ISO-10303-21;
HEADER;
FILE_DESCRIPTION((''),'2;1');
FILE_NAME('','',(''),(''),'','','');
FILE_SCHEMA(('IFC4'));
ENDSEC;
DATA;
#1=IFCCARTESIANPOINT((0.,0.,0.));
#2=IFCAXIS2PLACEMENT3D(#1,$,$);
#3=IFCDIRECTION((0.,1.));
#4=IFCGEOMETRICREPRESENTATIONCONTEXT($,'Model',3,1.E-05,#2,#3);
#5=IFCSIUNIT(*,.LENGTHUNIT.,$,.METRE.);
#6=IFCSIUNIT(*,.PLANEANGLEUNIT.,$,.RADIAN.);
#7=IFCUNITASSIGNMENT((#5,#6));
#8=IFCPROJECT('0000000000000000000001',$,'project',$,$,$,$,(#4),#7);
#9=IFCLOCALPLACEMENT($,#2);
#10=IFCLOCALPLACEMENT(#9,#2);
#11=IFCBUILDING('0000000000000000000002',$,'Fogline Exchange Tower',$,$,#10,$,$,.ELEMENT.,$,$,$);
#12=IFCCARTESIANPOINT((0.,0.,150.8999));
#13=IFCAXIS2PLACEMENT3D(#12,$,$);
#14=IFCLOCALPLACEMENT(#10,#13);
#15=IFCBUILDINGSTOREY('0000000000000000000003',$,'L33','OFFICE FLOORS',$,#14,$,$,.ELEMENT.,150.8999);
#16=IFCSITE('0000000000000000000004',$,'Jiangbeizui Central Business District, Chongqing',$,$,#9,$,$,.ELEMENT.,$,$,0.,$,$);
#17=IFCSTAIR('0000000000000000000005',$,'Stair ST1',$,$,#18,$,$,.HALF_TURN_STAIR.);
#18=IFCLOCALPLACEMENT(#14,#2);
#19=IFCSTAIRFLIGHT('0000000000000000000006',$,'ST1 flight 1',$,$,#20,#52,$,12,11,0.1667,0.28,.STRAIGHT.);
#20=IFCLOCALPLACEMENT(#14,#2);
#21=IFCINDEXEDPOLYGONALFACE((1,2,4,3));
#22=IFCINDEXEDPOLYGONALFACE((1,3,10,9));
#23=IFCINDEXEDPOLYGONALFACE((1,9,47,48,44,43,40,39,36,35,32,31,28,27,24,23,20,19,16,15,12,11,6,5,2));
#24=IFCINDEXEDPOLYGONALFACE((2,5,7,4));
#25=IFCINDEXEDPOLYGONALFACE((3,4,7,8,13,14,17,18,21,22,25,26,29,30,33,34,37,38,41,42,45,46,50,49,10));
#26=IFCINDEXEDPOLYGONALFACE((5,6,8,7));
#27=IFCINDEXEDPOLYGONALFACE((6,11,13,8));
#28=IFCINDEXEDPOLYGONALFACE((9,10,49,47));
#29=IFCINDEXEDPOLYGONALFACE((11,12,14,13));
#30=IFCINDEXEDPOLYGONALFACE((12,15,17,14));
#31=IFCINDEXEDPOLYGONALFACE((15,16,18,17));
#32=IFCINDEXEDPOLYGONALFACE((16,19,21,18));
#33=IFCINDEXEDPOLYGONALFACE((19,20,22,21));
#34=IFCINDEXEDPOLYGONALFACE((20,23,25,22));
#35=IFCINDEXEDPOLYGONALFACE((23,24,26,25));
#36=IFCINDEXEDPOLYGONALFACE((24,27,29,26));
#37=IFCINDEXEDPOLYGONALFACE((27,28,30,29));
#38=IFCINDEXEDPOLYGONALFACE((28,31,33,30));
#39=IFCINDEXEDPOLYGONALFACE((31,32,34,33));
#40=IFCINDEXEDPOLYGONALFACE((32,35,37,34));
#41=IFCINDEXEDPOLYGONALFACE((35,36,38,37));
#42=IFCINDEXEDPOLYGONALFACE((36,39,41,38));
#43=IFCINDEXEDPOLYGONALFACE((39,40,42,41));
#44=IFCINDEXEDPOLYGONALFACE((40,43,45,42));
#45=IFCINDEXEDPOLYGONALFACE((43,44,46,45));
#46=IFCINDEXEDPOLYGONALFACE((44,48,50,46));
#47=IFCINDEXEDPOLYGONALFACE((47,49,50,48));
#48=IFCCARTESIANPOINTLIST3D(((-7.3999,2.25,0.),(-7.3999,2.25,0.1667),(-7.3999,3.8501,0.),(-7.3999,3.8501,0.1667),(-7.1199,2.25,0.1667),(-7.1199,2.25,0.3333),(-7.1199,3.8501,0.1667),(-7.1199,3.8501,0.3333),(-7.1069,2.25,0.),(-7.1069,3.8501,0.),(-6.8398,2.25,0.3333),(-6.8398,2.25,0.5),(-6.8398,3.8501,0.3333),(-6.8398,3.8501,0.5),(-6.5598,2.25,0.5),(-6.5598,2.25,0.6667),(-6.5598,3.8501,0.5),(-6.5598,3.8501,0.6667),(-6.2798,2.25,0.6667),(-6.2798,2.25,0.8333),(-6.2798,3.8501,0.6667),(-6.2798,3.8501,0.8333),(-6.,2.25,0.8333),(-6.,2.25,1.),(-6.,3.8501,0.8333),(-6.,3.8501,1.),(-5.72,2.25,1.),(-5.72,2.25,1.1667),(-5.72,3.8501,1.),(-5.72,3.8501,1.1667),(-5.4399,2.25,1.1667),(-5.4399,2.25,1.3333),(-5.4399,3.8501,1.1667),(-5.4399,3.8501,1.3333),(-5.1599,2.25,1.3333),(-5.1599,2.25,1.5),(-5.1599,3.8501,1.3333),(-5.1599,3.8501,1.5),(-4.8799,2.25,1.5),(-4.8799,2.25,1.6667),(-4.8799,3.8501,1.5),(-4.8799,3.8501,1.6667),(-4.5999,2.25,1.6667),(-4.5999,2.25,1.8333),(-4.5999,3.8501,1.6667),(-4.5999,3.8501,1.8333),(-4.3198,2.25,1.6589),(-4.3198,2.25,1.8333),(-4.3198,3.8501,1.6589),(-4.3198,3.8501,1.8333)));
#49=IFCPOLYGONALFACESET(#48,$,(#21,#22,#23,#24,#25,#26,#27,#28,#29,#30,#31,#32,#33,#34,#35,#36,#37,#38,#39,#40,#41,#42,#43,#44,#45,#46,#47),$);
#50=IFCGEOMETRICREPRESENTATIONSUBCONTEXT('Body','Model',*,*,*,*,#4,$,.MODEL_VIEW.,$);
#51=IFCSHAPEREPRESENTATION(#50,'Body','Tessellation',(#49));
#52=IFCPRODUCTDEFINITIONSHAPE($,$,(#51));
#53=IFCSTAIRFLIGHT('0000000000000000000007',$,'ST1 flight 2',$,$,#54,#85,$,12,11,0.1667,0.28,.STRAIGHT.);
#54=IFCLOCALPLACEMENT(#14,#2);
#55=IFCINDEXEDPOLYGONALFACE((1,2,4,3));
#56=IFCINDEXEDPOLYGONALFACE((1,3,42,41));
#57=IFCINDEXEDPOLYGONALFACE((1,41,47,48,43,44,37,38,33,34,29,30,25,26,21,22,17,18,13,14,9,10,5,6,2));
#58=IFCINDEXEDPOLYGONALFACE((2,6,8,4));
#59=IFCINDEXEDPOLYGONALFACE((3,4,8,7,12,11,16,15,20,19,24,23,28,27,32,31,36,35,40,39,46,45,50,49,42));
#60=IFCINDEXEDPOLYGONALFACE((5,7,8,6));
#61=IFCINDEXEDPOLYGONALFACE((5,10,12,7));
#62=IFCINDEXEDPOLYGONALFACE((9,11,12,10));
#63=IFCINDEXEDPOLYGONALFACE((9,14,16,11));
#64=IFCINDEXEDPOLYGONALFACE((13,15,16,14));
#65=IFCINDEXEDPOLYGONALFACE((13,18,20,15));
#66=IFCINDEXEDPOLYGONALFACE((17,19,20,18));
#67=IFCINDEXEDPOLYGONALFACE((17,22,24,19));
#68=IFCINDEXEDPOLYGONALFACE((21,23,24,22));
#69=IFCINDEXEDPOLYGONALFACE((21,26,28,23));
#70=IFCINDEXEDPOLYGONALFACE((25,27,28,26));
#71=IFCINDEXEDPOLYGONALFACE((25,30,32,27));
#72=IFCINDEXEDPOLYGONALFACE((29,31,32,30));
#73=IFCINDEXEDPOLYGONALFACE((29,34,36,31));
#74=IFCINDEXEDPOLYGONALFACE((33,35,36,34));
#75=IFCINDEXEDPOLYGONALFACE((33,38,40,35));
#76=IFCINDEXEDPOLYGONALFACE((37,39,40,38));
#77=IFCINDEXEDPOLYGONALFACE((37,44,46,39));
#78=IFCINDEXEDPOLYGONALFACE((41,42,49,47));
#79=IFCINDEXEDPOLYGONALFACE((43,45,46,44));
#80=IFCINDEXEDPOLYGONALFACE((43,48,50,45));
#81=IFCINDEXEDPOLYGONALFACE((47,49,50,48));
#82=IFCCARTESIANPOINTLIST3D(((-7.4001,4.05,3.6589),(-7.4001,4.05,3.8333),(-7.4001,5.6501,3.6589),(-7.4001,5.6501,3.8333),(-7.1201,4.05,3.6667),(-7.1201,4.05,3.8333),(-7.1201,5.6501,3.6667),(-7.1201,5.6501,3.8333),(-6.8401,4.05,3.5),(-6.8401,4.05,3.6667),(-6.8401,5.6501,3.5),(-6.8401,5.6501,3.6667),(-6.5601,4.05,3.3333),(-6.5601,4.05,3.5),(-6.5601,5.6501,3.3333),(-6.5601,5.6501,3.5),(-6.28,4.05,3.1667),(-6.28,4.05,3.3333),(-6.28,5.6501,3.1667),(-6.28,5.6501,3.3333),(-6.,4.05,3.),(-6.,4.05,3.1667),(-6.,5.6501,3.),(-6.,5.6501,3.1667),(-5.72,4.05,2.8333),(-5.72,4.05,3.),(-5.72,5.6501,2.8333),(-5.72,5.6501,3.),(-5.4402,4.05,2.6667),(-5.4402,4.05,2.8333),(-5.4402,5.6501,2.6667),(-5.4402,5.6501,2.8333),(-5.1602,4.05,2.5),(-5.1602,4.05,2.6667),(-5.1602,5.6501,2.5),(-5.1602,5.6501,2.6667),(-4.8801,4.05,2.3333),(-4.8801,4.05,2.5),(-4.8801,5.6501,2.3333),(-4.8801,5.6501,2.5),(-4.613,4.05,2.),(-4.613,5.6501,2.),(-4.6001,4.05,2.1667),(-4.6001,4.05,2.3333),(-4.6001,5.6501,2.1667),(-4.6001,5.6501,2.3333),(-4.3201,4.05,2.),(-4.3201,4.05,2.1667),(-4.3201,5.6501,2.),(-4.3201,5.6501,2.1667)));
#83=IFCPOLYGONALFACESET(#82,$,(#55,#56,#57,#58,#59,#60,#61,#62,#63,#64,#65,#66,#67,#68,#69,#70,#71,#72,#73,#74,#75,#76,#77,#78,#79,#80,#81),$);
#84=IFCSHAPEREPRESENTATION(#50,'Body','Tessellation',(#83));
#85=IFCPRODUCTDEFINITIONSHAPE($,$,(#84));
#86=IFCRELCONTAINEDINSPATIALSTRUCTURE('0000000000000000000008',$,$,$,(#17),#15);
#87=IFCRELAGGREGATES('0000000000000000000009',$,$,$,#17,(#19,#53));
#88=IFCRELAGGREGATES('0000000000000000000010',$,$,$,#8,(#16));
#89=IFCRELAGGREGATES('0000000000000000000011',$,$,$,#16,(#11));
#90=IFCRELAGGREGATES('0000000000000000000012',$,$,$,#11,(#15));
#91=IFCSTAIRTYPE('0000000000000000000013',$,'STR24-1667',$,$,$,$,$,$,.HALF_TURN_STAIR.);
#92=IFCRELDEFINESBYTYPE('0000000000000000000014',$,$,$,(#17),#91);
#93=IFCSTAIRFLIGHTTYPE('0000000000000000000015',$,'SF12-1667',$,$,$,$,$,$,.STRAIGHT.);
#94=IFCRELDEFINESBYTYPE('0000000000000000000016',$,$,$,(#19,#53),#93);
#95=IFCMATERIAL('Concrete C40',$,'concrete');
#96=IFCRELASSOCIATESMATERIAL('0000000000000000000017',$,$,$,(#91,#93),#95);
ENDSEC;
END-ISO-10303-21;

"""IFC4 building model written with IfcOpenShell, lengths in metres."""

from ifc_helpers import new_model, si_unit, direction, frame, origin, place, context, subcontext, project, spatial, polyline, outline, extrude, material, type_object, element, aggregate, save


model = new_model("IFC4")

# Units and contexts
model_context = context("Model", 3, precision=1e-05, world=origin(), true_north=direction((0.0, 1.0)))
body_context = subcontext(model_context, "Body", "Model", "MODEL_VIEW")
ifc_project = project(units=[si_unit("LENGTHUNIT", "METRE"), si_unit("PLANEANGLEUNIT", "RADIAN")], contexts=[model_context])

# Site, building, storey
site_placement = place(None, origin())
site = spatial("IfcSite", under=ifc_project, at=site_placement, Name="Jiangbeizui Central Business District, Chongqing", CompositionType="ELEMENT", RefElevation=0.0)
building_placement = place(site_placement, origin())
building = spatial("IfcBuilding", under=site, at=building_placement, Name="Fogline Exchange Tower", CompositionType="ELEMENT")
storey_placement = place(building_placement, frame((0.0, 0.0, 150.8999)))
storey = spatial("IfcBuildingStorey", under=building, at=storey_placement, Name="L33", Description="OFFICE FLOORS", CompositionType="ELEMENT", Elevation=150.8999)

# Shared definitions
ifc_material_1 = material(Name="Concrete C40", Category="concrete")

# Stair, stair flights
stair_type = type_object("IfcStairType", Name="STR24-1667", PredefinedType="HALF_TURN_STAIR", material=ifc_material_1)
stair_placement = place(storey_placement, origin())
stair = element("IfcStair", 1, at=stair_placement, inside=storey, type_object=stair_type, Name="Stair ST1", PredefinedType="HALF_TURN_STAIR")
stair_flight_type = type_object("IfcStairFlightType", Name="SF12-1667", PredefinedType="STRAIGHT", material=ifc_material_1)
stair_flight_1_placement = place(storey_placement, frame((-7.3999, 3.05, 0.0), z_axis=(0.0, 0.0, 1.0), x_axis=(1.0, 0.0, 0.0)))
stair_flight_1 = element("IfcStairFlight", 2, at=stair_flight_1_placement, type_object=stair_flight_type, Name="ST1 flight 1", NumberOfRisers=12, NumberOfTreads=11, PredefinedType="STRAIGHT", RiserHeight=0.1667, TreadLength=0.28, context=body_context, shape_type="SweptSolid", body=[
    extrude(outline(polyline([(0.0, 0.0), (0.0, 0.1667), (0.28, 0.1667), (0.28, 0.3333), (0.5601, 0.3333), (0.5601, 0.5), (0.8401, 0.5), (0.8401, 0.6667), (1.1201, 0.6667), (1.1201, 0.8333), (1.3999, 0.8333), (1.3999, 1.0), (1.6799, 1.0), (1.6799, 1.1667), (1.96, 1.1667), (1.96, 1.3333), (2.24, 1.3333), (2.24, 1.5), (2.52, 1.5), (2.52, 1.6667), (2.8, 1.6667), (2.8, 1.8333), (3.0801, 1.8333), (3.0801, 2.0), (3.0801, 1.6589), (0.293, 0.0), (0.0, 0.0)])), frame((0.0, 0.8, 0.0), z_axis=(0.0, -1.0, 0.0), x_axis=(1.0, 0.0, 0.0)), (0.0, 0.0, 1.0), 1.6001),
])
stair_flight_2_placement = place(storey_placement, frame((-4.3201, 4.8501, 2.0), z_axis=(0.0, 0.0, 1.0), x_axis=(-1.0, 0.0, 0.0)))
stair_flight_2 = element("IfcStairFlight", 3, at=stair_flight_2_placement, type_object=stair_flight_type, Name="ST1 flight 2", NumberOfRisers=12, NumberOfTreads=11, PredefinedType="STRAIGHT", RiserHeight=0.1667, TreadLength=0.28, context=body_context, shape_type="SweptSolid", body=[
    extrude(outline(polyline([(0.0, 0.0), (0.0, 0.1667), (0.28, 0.1667), (0.28, 0.3333), (0.5601, 0.3333), (0.5601, 0.5), (0.8401, 0.5), (0.8401, 0.6667), (1.1201, 0.6667), (1.1201, 0.8333), (1.3999, 0.8333), (1.3999, 1.0), (1.6799, 1.0), (1.6799, 1.1667), (1.96, 1.1667), (1.96, 1.3333), (2.24, 1.3333), (2.24, 1.5), (2.52, 1.5), (2.52, 1.6667), (2.8, 1.6667), (2.8, 1.8333), (3.0801, 1.8333), (3.0801, 2.0), (3.0801, 1.6589), (0.293, 0.0), (0.0, 0.0)])), frame((0.0, 0.8, 0.0), z_axis=(0.0, -1.0, 0.0), x_axis=(1.0, 0.0, 0.0)), (0.0, 0.0, 1.0), 1.6001),
])
aggregate(stair, [stair_flight_1, stair_flight_2])

save(model, "model.ifc")
